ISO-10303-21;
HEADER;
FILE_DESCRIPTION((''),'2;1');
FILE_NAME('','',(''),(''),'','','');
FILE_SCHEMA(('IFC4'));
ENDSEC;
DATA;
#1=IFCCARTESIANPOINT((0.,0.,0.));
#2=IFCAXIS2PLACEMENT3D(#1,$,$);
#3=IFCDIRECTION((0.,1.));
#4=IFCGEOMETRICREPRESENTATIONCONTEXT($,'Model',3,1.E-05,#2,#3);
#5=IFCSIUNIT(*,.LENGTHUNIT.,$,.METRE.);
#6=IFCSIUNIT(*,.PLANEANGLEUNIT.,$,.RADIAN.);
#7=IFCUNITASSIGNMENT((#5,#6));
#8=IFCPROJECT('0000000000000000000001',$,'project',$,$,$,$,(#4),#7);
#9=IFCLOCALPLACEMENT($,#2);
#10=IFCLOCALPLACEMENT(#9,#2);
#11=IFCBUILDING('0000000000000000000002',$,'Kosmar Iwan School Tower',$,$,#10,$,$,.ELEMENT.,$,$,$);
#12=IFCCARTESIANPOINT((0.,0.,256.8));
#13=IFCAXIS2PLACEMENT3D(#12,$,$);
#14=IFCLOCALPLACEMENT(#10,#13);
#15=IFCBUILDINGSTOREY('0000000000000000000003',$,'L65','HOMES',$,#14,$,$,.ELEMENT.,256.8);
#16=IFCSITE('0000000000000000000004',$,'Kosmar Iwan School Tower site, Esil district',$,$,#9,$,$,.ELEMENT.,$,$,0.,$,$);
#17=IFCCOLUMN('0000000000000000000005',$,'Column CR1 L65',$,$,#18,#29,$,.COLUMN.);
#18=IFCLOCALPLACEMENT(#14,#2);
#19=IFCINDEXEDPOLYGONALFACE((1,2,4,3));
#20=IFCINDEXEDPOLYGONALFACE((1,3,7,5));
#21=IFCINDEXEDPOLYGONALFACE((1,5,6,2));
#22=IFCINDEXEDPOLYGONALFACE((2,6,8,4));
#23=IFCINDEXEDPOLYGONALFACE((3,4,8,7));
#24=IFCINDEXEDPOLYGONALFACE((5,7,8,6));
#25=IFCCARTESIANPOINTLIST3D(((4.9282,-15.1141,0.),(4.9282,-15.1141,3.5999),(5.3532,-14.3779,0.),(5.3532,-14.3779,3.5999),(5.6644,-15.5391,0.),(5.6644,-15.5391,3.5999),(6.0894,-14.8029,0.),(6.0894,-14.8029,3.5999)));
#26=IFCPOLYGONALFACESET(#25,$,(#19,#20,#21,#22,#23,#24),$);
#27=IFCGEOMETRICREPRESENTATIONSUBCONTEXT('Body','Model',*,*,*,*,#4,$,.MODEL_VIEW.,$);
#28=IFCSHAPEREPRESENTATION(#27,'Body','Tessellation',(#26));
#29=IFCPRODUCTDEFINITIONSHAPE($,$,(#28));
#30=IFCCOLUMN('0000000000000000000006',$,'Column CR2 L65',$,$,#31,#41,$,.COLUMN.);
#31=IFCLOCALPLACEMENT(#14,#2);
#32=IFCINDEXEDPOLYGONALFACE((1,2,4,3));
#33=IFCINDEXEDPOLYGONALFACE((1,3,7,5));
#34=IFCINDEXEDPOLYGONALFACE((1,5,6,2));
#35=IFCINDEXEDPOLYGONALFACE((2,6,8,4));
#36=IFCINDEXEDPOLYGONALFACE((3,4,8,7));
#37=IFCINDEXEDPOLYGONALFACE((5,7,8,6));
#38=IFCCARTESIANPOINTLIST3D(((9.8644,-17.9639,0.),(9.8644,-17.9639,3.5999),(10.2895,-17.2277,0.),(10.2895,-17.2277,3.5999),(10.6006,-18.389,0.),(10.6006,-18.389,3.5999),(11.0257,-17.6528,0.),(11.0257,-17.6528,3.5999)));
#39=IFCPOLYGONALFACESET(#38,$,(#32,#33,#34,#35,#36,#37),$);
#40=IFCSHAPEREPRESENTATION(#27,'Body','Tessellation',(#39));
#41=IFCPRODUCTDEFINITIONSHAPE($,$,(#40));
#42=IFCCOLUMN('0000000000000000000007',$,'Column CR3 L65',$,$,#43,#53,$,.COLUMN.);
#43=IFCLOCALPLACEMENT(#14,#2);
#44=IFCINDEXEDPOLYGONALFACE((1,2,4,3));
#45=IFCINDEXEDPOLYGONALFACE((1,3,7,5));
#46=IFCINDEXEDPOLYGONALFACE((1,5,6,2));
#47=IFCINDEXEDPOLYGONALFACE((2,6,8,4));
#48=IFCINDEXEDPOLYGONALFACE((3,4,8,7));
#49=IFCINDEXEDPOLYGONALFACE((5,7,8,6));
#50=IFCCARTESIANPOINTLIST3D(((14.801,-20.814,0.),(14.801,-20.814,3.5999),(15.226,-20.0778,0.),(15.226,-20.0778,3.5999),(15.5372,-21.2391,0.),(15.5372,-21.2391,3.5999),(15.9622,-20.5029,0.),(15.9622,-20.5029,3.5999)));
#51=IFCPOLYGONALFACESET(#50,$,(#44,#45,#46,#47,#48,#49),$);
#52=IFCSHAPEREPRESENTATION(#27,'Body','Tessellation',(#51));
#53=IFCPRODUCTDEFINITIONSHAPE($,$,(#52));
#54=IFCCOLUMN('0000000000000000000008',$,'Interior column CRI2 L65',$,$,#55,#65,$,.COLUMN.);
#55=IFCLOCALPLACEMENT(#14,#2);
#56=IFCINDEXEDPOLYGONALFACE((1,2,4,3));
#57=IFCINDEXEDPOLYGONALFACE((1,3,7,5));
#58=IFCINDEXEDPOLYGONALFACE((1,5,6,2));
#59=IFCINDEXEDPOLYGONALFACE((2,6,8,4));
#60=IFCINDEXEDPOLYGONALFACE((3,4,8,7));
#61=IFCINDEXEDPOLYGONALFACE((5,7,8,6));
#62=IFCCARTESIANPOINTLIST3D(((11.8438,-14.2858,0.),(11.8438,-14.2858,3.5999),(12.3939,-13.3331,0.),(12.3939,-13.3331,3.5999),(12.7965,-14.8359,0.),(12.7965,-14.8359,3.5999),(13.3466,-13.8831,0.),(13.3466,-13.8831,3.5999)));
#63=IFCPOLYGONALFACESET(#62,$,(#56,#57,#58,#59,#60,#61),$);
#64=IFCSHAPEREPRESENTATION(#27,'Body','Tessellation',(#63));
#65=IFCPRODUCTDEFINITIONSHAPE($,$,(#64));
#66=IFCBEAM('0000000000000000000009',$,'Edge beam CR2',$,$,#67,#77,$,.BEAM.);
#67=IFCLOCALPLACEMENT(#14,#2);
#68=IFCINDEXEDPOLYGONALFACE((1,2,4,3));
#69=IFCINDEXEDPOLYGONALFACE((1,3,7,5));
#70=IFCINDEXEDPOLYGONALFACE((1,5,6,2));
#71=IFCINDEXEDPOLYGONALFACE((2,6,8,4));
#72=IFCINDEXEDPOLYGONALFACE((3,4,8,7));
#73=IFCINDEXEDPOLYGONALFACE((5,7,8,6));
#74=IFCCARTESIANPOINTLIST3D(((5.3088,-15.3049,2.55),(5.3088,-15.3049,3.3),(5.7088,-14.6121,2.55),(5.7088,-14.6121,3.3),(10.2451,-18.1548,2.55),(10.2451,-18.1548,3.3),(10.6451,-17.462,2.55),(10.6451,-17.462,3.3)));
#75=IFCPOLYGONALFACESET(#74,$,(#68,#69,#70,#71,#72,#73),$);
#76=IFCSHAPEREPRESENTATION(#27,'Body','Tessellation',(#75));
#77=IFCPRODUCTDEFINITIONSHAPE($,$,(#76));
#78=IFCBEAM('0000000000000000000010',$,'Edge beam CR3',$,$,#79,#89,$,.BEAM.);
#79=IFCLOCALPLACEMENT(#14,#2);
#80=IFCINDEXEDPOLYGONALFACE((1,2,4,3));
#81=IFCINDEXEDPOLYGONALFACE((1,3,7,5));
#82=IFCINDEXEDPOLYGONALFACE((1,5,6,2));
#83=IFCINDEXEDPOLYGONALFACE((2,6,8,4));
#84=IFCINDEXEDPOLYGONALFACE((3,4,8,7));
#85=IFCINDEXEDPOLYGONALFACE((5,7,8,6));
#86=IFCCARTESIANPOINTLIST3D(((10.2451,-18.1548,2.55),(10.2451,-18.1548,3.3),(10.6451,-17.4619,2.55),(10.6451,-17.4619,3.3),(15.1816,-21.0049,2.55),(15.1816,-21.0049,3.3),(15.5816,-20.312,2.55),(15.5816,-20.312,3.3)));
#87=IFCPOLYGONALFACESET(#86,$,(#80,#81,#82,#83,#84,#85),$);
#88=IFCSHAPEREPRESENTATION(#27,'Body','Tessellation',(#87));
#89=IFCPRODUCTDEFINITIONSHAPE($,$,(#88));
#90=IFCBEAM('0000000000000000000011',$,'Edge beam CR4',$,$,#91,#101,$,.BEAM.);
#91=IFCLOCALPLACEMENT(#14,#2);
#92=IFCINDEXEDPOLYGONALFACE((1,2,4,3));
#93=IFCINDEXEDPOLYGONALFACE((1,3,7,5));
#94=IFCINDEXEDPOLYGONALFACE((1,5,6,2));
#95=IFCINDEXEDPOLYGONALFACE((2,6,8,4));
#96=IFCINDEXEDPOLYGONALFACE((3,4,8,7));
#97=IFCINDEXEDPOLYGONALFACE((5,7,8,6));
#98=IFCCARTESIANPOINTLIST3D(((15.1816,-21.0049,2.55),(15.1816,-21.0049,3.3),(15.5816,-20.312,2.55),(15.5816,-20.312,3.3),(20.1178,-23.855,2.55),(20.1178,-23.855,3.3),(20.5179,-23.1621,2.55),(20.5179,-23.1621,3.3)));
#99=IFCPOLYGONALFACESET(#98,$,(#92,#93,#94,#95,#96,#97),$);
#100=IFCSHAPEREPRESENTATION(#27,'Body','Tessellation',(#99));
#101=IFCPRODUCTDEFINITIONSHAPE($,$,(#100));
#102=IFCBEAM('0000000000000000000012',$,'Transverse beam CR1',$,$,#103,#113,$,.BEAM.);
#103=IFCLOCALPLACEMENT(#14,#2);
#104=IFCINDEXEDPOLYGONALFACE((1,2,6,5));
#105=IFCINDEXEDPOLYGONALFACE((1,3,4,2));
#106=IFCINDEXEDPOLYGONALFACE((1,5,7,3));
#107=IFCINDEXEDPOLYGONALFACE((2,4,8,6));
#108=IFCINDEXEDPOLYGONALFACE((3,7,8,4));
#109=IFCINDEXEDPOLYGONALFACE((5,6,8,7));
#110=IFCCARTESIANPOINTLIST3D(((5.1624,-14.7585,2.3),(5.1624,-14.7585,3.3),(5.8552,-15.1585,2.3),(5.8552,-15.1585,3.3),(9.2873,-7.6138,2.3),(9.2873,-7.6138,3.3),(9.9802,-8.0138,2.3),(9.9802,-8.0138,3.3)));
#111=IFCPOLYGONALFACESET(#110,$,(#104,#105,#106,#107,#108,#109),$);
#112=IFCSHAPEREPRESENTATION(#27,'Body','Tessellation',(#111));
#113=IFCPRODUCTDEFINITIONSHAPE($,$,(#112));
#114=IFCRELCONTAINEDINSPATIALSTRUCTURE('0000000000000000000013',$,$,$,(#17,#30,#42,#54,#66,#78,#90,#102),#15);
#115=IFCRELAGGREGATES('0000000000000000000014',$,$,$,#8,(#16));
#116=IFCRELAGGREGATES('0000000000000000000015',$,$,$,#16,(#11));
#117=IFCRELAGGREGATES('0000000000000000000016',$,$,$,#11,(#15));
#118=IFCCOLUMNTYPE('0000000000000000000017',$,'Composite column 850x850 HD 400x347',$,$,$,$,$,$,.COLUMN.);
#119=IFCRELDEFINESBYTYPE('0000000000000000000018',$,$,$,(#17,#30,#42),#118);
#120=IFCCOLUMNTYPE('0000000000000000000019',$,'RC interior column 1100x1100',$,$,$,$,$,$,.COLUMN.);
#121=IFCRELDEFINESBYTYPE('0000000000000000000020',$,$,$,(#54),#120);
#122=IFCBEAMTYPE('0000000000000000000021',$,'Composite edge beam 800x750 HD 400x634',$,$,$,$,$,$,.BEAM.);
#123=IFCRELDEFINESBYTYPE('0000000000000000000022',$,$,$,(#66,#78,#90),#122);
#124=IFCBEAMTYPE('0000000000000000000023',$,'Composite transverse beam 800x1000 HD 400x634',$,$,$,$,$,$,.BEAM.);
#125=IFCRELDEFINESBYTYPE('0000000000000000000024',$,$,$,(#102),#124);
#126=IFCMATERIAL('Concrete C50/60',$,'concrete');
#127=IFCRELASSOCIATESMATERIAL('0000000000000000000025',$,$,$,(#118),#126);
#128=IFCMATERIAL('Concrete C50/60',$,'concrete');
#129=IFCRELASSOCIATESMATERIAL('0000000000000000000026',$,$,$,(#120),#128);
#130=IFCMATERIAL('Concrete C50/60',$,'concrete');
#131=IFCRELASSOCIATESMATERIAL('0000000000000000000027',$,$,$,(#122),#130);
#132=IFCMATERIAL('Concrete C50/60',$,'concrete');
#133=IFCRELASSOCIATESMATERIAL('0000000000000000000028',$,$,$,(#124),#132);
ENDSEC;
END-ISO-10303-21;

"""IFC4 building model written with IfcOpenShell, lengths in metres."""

from ifc_helpers import new_model, si_unit, direction, frame, origin, origin_2d, place, context, subcontext, project, spatial, rectangle, extrude, material, material_profile, profile_set, type_object, element, save


model = new_model("IFC4")

# Units and contexts
model_context = context("Model", 3, precision=1e-05, world=origin(), true_north=direction((0.0, 1.0)))
body_context = subcontext(model_context, "Body", "Model", "MODEL_VIEW")
ifc_project = project(units=[si_unit("LENGTHUNIT", "METRE"), si_unit("PLANEANGLEUNIT", "RADIAN")], contexts=[model_context])

# Site, building, storey
site_placement = place(None, origin())
site = spatial("IfcSite", under=ifc_project, at=site_placement, Name="Kosmar Iwan School Tower site, Esil district", CompositionType="ELEMENT", RefElevation=0.0)
building_placement = place(site_placement, origin())
building = spatial("IfcBuilding", under=site, at=building_placement, Name="Kosmar Iwan School Tower", CompositionType="ELEMENT")
storey_placement = place(building_placement, frame((0.0, 0.0, 256.8)))
storey = spatial("IfcBuildingStorey", under=building, at=storey_placement, Name="L65", Description="HOMES", CompositionType="ELEMENT", Elevation=256.8)

# Columns
ifc_material_1 = material(Name="Concrete C50/60", Category="concrete")
ifc_material_profile_1 = material_profile(ifc_material_1, rectangle(XDim=0.8501, YDim=0.8501, at=origin_2d()), Name="RC 850x850 + HD 400x347")
ifc_profile_set_1 = profile_set([ifc_material_profile_1], Name="Concrete C50/60")
column_type_1 = type_object("IfcColumnType", Name="Composite column 850x850 HD 400x347", PredefinedType="COLUMN", material=ifc_profile_set_1)
for number, where, z_axis, x_axis, name in (
    (1, (5.5088, -14.9585, 0.0), (0.0, 0.0, 1.0), (0.866025, -0.5, 0.0), "Column CR1 L65"),
    (2, (10.4451, -17.8083, 0.0), (0.0, 0.0, 1.0), (0.866025, -0.5, 0.0), "Column CR2 L65"),
    (3, (15.3816, -20.6584, 0.0), (0.0, 0.0, 1.0), (0.866025, -0.5, 0.0), "Column CR3 L65"),
):
    element("IfcColumn", number, at=place(storey_placement, frame(where, z_axis=z_axis, x_axis=x_axis)), inside=storey, type_object=column_type_1, Name=name, PredefinedType="COLUMN", context=body_context, shape_type="SweptSolid", body=[
        extrude(rectangle(XDim=0.8501, YDim=0.8501, at=origin_2d()), origin(), (0.0, 0.0, 1.0), 3.5999),
    ])
ifc_material_2 = material(Name="Concrete C50/60", Category="concrete")
ifc_material_profile_2 = material_profile(ifc_material_2, rectangle(XDim=1.1001, YDim=1.1001, at=origin_2d()), Name="RC 1100x1100")
ifc_profile_set_2 = profile_set([ifc_material_profile_2], Name="Concrete C50/60")
column_type_2 = type_object("IfcColumnType", Name="RC interior column 1100x1100", PredefinedType="COLUMN", material=ifc_profile_set_2)
column_placement = place(storey_placement, frame((12.5952, -14.0845, 0.0), z_axis=(0.0, 0.0, 1.0), x_axis=(0.866025, -0.5, 0.0)))
element("IfcColumn", 4, at=column_placement, inside=storey, type_object=column_type_2, Name="Interior column CRI2 L65", PredefinedType="COLUMN", context=body_context, shape_type="SweptSolid", body=[
    extrude(rectangle(XDim=1.1001, YDim=1.1001, at=origin_2d()), origin(), (0.0, 0.0, 1.0), 3.5999),
])

# Beams
ifc_material_3 = material(Name="Concrete C50/60", Category="concrete")
ifc_material_profile_3 = material_profile(ifc_material_3, rectangle(XDim=0.8, YDim=0.75, at=origin_2d()), Name="RC 800x750 + HD 400x634")
ifc_profile_set_3 = profile_set([ifc_material_profile_3], Name="Concrete C50/60")
beam_type_1 = type_object("IfcBeamType", Name="Composite edge beam 800x750 HD 400x634", PredefinedType="BEAM", material=ifc_profile_set_3)
beam_1_placement = place(storey_placement, frame((5.5088, -14.9585, 2.925), z_axis=(0.866034, -0.499986, 0.0), x_axis=(0.499986, 0.866034, 0.0)))
element("IfcBeam", 5, at=beam_1_placement, inside=storey, type_object=beam_type_1, Name="Edge beam CR2", PredefinedType="BEAM", context=body_context, shape_type="SweptSolid", body=[
    extrude(rectangle(XDim=0.8, YDim=0.75, at=origin_2d()), origin(), (0.0, 0.0, 1.0), 5.7),
])
beam_2_placement = place(storey_placement, frame((10.4451, -17.8083, 2.925), z_axis=(0.866026, -0.499999, 0.0), x_axis=(0.499999, 0.866026, 0.0)))
element("IfcBeam", 6, at=beam_2_placement, inside=storey, type_object=beam_type_1, Name="Edge beam CR3", PredefinedType="BEAM", context=body_context, shape_type="SweptSolid", body=[
    extrude(rectangle(XDim=0.8, YDim=0.75, at=origin_2d()), origin(), (0.0, 0.0, 1.0), 5.7002),
])
beam_3_placement = place(storey_placement, frame((15.3816, -20.6584, 2.925), z_axis=(0.866015, -0.500018, 0.0), x_axis=(0.500018, 0.866015, 0.0)))
element("IfcBeam", 7, at=beam_3_placement, inside=storey, type_object=beam_type_1, Name="Edge beam CR4", PredefinedType="BEAM", context=body_context, shape_type="SweptSolid", body=[
    extrude(rectangle(XDim=0.8, YDim=0.75, at=origin_2d()), origin(), (0.0, 0.0, 1.0), 5.7),
])
ifc_material_4 = material(Name="Concrete C50/60", Category="concrete")
ifc_material_profile_4 = material_profile(ifc_material_4, rectangle(XDim=0.8, YDim=1.0, at=origin_2d()), Name="RC 800x1000 + HD 400x634")
ifc_profile_set_4 = profile_set([ifc_material_profile_4], Name="Concrete C50/60")
beam_type_2 = type_object("IfcBeamType", Name="Composite transverse beam 800x1000 HD 400x634", PredefinedType="BEAM", material=ifc_profile_set_4)
beam_4_placement = place(storey_placement, frame((5.5088, -14.9585, 2.8), z_axis=(0.499997, 0.866027, 0.0), x_axis=(-0.866027, 0.499997, 0.0)))
element("IfcBeam", 8, at=beam_4_placement, inside=storey, type_object=beam_type_2, Name="Transverse beam CR1", PredefinedType="BEAM", context=body_context, shape_type="SweptSolid", body=[
    extrude(rectangle(XDim=0.8, YDim=1.0, at=origin_2d()), origin(), (0.0, 0.0, 1.0), 8.25),
])

save(model, "model.ifc")
